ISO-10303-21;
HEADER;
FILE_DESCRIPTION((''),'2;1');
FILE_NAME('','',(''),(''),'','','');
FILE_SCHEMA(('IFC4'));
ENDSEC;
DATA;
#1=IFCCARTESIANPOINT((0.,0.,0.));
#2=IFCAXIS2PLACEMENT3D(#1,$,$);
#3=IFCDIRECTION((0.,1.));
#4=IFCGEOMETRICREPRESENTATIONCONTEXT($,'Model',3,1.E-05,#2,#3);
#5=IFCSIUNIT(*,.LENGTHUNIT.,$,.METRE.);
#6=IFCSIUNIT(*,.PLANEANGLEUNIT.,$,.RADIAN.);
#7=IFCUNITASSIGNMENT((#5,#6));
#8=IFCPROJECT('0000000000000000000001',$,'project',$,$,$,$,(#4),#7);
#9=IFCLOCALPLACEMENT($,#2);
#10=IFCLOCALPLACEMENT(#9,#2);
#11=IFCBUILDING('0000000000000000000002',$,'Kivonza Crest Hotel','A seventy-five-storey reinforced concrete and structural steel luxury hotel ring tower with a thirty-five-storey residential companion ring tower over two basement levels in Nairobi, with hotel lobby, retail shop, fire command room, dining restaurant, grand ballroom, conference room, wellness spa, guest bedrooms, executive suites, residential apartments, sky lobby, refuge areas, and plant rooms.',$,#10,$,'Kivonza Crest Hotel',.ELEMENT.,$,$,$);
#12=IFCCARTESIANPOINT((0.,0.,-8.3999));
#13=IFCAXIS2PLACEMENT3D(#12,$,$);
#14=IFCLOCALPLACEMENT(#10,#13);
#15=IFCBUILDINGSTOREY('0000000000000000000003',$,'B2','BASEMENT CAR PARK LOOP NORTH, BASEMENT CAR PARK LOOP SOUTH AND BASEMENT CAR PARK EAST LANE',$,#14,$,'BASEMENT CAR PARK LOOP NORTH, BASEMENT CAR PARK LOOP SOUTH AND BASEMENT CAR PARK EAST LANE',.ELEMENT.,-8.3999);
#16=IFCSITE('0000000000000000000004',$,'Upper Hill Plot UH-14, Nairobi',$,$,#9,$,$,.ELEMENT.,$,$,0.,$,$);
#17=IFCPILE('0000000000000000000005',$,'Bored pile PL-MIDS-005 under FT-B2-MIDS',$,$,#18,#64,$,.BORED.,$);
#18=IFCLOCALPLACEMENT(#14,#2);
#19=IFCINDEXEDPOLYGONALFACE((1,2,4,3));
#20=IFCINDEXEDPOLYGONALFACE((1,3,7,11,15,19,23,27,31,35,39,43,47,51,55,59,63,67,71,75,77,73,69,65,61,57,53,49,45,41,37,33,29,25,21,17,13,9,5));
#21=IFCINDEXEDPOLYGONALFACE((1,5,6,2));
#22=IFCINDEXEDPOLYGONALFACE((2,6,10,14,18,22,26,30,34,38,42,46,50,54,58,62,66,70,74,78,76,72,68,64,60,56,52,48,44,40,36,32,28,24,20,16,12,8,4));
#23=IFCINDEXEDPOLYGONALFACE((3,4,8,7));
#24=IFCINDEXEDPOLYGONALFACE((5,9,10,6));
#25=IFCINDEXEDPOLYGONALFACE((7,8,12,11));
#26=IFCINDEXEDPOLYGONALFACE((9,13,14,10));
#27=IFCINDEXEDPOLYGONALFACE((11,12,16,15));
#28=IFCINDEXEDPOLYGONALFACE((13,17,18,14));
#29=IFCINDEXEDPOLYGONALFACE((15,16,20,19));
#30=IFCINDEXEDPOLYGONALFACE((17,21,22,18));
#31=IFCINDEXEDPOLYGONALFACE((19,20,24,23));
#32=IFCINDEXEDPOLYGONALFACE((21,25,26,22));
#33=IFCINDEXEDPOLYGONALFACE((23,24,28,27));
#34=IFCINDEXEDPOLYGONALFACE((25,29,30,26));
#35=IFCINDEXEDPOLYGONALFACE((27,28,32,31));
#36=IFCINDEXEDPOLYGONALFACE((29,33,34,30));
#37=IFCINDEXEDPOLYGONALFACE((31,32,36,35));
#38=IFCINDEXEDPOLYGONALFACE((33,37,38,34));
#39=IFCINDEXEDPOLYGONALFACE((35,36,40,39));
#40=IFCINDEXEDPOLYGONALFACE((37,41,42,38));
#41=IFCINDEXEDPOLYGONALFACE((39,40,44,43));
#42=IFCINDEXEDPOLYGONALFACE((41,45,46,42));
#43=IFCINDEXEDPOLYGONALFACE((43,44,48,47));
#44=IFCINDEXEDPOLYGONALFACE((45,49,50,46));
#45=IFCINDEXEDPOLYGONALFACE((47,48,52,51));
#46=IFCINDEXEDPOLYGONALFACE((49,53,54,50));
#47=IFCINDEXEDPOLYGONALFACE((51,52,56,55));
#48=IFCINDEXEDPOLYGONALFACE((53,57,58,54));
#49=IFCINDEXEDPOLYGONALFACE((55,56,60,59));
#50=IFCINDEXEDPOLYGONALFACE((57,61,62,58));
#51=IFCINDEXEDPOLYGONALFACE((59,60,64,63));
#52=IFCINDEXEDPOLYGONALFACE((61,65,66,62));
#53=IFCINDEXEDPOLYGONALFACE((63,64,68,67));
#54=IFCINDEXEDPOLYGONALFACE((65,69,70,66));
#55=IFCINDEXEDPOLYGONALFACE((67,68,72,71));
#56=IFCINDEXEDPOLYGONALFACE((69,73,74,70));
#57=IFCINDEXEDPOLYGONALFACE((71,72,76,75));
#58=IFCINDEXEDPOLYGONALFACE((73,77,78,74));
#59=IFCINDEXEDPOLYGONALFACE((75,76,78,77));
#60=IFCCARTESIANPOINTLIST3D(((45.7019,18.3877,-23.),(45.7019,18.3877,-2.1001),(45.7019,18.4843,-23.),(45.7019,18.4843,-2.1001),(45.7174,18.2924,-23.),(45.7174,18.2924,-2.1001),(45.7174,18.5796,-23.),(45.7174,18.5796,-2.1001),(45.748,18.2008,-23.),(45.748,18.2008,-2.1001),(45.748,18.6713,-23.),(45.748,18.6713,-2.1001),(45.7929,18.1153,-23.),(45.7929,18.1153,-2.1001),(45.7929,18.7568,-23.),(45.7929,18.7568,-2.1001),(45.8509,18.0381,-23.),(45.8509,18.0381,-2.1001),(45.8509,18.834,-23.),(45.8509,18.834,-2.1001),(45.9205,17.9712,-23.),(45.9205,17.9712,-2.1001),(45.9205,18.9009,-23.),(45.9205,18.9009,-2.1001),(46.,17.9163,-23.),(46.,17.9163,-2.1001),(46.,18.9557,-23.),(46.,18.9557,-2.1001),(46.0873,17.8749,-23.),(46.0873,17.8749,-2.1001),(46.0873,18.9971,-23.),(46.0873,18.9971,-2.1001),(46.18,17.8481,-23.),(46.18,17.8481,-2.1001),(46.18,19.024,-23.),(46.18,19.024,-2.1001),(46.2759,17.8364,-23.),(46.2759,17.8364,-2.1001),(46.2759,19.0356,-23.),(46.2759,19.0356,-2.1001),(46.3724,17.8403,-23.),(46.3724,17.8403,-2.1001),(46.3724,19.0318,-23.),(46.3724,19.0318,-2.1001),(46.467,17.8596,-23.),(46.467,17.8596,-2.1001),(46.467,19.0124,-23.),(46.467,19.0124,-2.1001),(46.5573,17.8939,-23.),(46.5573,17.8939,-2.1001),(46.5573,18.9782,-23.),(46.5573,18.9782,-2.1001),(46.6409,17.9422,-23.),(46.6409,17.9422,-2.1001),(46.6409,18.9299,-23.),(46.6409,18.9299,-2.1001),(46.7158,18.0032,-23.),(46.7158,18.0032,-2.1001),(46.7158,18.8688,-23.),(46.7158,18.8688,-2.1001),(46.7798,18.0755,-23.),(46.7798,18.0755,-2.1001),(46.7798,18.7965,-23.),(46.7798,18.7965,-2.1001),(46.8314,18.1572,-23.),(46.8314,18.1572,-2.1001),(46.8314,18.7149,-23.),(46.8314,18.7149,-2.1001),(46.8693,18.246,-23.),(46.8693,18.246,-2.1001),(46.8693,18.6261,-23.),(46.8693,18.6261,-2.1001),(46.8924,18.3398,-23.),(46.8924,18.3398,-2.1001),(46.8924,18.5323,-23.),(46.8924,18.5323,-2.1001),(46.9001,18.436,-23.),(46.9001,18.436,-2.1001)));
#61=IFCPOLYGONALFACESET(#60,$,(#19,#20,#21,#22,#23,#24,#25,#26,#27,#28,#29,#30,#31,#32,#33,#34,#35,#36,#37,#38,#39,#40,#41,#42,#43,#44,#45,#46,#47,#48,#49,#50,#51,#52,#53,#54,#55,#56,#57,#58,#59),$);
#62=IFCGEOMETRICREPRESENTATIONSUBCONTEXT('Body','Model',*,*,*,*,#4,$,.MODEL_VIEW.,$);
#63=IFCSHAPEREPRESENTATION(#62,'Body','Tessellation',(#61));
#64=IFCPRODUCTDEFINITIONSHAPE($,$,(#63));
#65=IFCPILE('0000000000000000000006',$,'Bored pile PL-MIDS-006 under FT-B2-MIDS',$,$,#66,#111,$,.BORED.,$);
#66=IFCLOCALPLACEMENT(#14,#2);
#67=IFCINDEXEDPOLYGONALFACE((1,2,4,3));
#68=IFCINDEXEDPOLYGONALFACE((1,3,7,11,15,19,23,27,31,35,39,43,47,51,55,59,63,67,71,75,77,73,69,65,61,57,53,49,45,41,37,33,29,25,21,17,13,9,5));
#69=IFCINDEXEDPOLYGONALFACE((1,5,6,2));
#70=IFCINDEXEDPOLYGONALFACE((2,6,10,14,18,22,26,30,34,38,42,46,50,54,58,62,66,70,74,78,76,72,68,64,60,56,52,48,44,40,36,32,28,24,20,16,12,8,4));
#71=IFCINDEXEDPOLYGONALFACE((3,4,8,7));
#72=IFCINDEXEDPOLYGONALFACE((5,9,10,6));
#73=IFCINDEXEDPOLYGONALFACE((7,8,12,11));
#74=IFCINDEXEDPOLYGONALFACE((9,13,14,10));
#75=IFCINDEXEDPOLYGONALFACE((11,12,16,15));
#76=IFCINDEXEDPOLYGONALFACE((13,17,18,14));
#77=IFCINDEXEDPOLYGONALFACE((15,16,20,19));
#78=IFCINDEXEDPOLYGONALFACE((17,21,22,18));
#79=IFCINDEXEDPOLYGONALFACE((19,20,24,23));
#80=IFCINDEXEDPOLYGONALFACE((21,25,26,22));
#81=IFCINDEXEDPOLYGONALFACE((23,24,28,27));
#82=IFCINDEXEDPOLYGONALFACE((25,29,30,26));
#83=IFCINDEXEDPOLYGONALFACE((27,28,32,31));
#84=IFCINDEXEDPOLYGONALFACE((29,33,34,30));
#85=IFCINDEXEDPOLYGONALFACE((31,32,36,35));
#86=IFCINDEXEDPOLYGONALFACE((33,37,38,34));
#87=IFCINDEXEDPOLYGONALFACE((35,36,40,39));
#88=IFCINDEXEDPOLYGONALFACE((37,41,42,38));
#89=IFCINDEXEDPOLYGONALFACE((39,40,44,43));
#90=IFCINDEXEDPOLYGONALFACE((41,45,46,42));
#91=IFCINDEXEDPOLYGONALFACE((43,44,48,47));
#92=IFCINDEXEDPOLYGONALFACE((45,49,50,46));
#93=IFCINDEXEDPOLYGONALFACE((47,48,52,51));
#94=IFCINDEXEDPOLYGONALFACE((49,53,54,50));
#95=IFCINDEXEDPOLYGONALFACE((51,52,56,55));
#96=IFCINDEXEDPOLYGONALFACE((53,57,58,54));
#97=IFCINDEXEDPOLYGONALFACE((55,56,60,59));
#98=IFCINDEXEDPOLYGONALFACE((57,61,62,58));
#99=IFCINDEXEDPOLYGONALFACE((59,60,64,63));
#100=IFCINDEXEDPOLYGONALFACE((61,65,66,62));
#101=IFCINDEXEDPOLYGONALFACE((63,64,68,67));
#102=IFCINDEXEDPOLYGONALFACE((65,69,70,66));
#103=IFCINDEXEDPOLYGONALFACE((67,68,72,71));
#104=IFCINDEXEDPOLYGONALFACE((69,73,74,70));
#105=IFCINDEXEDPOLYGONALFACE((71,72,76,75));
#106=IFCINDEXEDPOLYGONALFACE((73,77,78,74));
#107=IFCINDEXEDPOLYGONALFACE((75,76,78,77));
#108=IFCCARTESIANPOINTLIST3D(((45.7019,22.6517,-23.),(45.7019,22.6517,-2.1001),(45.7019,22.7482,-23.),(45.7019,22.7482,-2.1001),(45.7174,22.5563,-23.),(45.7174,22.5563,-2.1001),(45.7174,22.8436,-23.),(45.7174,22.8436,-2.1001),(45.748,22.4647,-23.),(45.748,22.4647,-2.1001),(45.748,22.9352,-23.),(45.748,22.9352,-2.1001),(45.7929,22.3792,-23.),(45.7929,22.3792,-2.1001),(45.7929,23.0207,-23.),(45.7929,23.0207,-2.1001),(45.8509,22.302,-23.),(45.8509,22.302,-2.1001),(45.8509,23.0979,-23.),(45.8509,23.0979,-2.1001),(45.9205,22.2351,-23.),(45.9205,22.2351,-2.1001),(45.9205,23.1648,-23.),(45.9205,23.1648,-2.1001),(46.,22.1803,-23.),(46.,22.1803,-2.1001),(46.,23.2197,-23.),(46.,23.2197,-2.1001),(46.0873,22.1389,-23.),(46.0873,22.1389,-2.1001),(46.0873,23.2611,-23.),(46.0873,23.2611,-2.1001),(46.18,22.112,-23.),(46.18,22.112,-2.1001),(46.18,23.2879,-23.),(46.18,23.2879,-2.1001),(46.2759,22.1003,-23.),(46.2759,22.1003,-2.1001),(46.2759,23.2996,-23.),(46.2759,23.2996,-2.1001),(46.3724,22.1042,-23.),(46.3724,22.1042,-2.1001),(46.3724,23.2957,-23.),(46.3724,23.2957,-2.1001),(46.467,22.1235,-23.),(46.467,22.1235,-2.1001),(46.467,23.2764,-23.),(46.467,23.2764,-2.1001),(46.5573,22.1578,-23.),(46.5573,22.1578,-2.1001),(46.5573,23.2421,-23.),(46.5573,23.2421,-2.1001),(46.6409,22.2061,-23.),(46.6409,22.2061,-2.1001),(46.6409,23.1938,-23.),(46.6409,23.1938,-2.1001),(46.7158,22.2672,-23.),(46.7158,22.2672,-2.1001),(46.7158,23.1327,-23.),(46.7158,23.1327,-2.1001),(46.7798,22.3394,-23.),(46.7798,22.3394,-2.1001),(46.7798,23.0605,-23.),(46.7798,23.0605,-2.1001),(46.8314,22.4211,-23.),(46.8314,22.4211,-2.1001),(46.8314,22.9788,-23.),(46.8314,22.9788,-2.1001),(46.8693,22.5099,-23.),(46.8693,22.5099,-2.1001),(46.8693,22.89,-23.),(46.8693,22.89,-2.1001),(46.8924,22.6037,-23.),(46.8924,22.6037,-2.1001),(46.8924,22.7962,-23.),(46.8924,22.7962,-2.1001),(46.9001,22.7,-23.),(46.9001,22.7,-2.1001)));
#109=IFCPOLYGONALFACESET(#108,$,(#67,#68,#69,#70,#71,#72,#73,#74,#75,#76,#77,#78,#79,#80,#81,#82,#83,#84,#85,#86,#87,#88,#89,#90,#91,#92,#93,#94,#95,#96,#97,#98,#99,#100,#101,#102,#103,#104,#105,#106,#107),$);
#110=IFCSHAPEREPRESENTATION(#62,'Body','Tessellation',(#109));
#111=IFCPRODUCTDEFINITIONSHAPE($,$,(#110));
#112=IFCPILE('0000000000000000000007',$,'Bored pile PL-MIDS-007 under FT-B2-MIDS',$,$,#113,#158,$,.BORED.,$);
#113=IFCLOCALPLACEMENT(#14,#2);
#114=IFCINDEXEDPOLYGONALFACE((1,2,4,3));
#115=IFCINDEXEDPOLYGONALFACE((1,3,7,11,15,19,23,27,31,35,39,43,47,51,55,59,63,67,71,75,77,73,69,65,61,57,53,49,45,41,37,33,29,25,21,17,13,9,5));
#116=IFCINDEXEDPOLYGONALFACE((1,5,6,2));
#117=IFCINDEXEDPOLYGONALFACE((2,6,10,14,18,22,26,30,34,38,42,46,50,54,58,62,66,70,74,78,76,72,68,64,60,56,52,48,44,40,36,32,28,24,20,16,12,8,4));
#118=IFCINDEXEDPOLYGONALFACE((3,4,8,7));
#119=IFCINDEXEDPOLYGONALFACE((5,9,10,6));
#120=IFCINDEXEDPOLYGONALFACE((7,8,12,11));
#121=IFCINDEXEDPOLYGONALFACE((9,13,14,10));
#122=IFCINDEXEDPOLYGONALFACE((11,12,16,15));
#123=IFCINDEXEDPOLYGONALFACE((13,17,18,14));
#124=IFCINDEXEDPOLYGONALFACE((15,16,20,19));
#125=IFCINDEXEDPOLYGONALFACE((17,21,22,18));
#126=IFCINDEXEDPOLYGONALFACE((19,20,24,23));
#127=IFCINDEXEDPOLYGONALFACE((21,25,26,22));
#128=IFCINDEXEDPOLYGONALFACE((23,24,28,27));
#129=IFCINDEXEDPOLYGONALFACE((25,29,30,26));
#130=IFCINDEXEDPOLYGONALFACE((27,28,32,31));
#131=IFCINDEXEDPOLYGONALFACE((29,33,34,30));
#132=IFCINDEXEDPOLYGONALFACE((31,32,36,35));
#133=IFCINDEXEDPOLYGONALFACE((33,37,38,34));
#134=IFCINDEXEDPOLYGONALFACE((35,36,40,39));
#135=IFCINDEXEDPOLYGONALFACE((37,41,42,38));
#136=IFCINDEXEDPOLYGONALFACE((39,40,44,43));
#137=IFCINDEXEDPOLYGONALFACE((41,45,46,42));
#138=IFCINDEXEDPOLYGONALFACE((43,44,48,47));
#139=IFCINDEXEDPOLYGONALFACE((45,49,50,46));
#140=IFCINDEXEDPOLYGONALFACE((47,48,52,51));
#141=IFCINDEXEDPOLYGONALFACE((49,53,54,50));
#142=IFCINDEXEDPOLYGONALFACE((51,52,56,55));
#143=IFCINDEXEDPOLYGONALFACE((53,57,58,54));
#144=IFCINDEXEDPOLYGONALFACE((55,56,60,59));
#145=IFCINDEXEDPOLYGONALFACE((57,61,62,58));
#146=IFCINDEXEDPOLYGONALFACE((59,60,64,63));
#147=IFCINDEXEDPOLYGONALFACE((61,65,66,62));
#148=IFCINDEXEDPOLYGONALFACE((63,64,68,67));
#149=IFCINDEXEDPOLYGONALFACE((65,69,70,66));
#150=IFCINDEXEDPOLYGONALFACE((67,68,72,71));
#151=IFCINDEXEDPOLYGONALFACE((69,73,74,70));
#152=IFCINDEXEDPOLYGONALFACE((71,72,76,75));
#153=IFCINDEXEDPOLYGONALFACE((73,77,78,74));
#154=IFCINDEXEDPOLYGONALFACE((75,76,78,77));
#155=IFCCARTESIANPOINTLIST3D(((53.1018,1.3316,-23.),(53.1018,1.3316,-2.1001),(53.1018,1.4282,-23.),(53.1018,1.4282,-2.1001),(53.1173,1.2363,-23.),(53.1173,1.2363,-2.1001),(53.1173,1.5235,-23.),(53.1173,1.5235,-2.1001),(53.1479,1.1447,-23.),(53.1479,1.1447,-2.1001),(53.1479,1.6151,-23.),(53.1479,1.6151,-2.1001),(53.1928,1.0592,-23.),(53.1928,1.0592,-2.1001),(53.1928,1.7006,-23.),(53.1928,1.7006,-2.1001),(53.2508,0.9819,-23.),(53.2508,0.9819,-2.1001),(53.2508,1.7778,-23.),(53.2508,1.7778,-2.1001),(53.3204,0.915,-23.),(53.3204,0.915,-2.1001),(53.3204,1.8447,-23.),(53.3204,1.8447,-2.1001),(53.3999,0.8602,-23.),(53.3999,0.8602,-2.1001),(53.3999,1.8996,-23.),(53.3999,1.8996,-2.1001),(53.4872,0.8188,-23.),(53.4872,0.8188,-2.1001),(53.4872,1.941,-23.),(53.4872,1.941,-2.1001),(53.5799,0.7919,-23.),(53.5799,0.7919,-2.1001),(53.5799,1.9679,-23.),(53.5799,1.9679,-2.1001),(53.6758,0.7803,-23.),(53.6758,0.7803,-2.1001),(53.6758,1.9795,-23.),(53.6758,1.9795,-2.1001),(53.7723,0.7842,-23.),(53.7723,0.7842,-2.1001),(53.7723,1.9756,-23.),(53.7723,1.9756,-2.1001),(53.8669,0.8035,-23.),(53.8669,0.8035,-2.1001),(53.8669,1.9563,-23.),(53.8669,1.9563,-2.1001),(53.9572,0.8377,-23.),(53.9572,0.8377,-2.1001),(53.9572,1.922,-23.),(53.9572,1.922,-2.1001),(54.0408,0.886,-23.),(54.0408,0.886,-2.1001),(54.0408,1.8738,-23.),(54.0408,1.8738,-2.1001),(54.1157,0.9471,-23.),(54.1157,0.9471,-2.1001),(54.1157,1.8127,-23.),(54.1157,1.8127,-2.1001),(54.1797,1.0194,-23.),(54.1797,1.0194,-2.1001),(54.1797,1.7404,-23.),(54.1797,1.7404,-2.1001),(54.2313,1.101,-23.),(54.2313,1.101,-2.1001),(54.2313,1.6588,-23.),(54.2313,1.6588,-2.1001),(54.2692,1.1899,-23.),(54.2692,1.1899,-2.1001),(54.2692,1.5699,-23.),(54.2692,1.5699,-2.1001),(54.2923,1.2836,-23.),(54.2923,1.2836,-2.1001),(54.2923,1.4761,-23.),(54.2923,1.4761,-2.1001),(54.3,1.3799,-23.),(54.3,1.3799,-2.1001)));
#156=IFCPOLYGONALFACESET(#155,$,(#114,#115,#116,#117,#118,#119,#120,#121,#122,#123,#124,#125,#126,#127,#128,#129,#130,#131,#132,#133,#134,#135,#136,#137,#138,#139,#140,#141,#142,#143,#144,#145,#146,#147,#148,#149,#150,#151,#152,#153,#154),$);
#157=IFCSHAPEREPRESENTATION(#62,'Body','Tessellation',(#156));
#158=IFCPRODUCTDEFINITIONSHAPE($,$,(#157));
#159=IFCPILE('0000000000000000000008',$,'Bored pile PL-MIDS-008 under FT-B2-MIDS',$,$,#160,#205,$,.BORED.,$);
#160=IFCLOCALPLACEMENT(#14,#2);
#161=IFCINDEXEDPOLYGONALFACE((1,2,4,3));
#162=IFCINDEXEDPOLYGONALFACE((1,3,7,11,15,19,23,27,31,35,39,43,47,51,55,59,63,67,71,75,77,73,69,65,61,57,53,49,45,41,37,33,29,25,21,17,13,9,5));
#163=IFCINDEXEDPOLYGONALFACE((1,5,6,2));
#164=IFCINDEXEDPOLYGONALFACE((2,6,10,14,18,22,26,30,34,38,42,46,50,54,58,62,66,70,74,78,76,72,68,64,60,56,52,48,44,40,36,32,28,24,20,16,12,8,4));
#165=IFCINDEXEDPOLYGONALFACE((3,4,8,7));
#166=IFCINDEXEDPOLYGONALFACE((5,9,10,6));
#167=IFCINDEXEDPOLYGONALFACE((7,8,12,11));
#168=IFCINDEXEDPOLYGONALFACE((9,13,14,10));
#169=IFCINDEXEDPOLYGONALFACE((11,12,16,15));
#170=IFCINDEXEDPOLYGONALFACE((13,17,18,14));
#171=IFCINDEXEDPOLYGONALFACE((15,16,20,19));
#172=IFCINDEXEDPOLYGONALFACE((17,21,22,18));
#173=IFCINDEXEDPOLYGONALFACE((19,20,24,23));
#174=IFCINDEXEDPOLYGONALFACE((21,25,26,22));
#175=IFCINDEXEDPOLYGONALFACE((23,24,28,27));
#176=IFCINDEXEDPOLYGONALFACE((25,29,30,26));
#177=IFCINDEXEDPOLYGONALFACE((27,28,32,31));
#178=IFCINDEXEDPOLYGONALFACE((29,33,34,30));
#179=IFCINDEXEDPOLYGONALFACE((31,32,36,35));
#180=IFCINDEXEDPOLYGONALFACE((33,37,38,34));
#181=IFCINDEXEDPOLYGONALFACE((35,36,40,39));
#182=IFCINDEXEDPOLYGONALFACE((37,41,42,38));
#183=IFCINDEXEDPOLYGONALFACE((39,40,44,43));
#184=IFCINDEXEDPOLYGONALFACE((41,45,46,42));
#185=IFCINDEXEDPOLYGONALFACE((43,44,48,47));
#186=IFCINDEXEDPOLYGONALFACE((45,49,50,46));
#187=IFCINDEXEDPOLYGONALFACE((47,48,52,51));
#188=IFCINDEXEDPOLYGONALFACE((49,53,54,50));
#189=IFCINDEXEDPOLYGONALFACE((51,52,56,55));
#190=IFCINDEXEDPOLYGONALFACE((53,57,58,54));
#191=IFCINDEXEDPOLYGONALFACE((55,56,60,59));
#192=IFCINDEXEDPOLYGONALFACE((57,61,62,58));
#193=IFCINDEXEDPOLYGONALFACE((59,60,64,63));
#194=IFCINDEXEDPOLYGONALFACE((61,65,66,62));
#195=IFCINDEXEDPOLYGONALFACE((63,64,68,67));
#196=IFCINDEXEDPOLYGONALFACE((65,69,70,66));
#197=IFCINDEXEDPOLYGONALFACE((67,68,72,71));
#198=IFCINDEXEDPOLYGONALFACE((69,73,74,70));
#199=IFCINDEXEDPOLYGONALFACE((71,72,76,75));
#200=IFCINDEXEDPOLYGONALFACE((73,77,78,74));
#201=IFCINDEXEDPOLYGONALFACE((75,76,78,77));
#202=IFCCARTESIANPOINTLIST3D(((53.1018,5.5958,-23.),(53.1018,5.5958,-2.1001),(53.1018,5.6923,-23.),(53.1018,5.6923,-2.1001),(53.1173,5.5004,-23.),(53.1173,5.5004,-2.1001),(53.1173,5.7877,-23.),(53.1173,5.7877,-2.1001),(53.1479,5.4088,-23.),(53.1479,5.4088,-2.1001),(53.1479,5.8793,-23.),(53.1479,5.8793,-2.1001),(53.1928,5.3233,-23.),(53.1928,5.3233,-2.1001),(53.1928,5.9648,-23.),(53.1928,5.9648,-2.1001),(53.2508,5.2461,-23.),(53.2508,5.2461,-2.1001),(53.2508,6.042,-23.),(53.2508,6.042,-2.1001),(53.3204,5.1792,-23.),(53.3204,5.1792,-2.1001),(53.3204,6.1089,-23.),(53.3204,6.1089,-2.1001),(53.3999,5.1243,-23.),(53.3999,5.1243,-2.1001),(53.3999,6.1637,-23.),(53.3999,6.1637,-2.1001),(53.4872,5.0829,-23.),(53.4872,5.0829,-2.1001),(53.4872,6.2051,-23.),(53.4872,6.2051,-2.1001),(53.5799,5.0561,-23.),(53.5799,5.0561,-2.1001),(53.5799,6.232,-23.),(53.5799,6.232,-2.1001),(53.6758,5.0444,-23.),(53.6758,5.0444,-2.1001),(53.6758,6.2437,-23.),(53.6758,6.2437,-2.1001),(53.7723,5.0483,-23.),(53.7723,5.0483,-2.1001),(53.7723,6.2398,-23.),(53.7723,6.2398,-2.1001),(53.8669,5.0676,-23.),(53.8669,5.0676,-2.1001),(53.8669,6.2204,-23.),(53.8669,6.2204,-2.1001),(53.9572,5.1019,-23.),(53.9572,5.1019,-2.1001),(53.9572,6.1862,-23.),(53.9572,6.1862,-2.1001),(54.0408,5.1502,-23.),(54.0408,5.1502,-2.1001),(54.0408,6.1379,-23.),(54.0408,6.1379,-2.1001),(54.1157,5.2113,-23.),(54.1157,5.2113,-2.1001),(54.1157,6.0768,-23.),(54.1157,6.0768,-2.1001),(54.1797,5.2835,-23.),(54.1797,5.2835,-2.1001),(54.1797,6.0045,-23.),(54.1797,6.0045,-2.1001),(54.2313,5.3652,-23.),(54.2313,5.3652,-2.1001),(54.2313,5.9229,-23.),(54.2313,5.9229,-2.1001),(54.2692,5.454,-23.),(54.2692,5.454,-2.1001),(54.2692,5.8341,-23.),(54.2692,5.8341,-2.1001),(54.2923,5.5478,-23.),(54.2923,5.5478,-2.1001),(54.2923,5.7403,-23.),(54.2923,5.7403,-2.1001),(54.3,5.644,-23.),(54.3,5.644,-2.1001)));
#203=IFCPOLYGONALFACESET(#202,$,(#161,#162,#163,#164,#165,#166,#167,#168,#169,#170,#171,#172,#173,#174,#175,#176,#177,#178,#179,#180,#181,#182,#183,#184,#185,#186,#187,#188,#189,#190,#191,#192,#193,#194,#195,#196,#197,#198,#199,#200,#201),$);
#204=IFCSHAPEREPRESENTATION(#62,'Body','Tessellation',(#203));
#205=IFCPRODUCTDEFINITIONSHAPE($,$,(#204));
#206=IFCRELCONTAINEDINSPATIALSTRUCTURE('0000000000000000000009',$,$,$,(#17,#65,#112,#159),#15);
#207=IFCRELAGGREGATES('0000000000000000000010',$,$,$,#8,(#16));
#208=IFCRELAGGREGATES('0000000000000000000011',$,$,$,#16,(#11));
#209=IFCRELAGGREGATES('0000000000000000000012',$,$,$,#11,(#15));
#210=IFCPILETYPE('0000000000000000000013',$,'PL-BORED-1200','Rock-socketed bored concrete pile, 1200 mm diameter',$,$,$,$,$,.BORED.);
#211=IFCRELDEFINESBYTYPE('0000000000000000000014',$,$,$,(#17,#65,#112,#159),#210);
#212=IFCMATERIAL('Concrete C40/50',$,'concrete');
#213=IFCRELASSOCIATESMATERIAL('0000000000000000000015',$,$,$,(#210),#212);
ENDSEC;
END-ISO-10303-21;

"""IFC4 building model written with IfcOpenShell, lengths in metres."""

from ifc_helpers import new_model, si_unit, direction, frame, origin, origin_2d, place, context, subcontext, project, spatial, circle, extrude, material, material_profile, profile_set, type_object, element, save


model = new_model("IFC4")

# Units and contexts
model_context = context("Model", 3, precision=1e-05, world=origin(), true_north=direction((0.0, 1.0)))
body_context = subcontext(model_context, "Body", "Model", "MODEL_VIEW")
ifc_project = project(units=[si_unit("LENGTHUNIT", "METRE"), si_unit("PLANEANGLEUNIT", "RADIAN")], contexts=[model_context])

# Site, building, storey
site_placement = place(None, origin())
site = spatial("IfcSite", under=ifc_project, at=site_placement, Name="Upper Hill Plot UH-14, Nairobi", CompositionType="ELEMENT", RefElevation=0.0)
building_placement = place(site_placement, origin())
building = spatial("IfcBuilding", under=site, at=building_placement, Name="Kivonza Crest Hotel", Description="A seventy-five-storey reinforced concrete and structural steel luxury hotel ring tower with a thirty-five-storey residential companion ring tower over two basement levels in Nairobi, with hotel lobby, retail shop, fire command room, dining restaurant, grand ballroom, conference room, wellness spa, guest bedrooms, executive suites, residential apartments, sky lobby, refuge areas, and plant rooms.", LongName="Kivonza Crest Hotel", CompositionType="ELEMENT")
storey_placement = place(building_placement, frame((0.0, 0.0, -8.3999)))
storey = spatial("IfcBuildingStorey", under=building, at=storey_placement, Name="B2", Description="BASEMENT CAR PARK LOOP NORTH, BASEMENT CAR PARK LOOP SOUTH AND BASEMENT CAR PARK EAST LANE", LongName="BASEMENT CAR PARK LOOP NORTH, BASEMENT CAR PARK LOOP SOUTH AND BASEMENT CAR PARK EAST LANE", CompositionType="ELEMENT", Elevation=-8.3999)

# Piles
ifc_material_1 = material(Name="Concrete C40/50", Category="concrete")
ifc_material_profile_1 = material_profile(ifc_material_1, circle(Radius=0.6001, at=origin_2d()), Name="PILE D1200")
ifc_profile_set_1 = profile_set([ifc_material_profile_1], Name="Concrete C40/50")
pile_type_1 = type_object("IfcPileType", Name="PL-BORED-1200", Description="Rock-socketed bored concrete pile, 1200 mm diameter", PredefinedType="BORED", material=ifc_profile_set_1)
for number, where, z_axis, x_axis, name in (
    (1, (46.3, 18.436, -2.1001), (0.0, 0.0, -1.0), (1.0, 0.0, 0.0), "Bored pile PL-MIDS-005 under FT-B2-MIDS"),
    (2, (46.3, 22.7, -2.1001), (0.0, 0.0, -1.0), (1.0, 0.0, 0.0), "Bored pile PL-MIDS-006 under FT-B2-MIDS"),
    (3, (53.7, 1.3799, -2.1001), (0.0, 0.0, -1.0), (1.0, 0.0, 0.0), "Bored pile PL-MIDS-007 under FT-B2-MIDS"),
    (4, (53.7, 5.644, -2.1001), (0.0, 0.0, -1.0), (1.0, 0.0, 0.0), "Bored pile PL-MIDS-008 under FT-B2-MIDS"),
):
    element("IfcPile", number, at=place(storey_placement, frame(where, z_axis=z_axis, x_axis=x_axis)), inside=storey, type_object=pile_type_1, Name=name, PredefinedType="BORED", context=body_context, shape_type="SweptSolid", body=[
        extrude(circle(Radius=0.6001, at=origin_2d()), origin(), (0.0, 0.0, 1.0), 20.8999),
    ])

save(model, "model.ifc")
